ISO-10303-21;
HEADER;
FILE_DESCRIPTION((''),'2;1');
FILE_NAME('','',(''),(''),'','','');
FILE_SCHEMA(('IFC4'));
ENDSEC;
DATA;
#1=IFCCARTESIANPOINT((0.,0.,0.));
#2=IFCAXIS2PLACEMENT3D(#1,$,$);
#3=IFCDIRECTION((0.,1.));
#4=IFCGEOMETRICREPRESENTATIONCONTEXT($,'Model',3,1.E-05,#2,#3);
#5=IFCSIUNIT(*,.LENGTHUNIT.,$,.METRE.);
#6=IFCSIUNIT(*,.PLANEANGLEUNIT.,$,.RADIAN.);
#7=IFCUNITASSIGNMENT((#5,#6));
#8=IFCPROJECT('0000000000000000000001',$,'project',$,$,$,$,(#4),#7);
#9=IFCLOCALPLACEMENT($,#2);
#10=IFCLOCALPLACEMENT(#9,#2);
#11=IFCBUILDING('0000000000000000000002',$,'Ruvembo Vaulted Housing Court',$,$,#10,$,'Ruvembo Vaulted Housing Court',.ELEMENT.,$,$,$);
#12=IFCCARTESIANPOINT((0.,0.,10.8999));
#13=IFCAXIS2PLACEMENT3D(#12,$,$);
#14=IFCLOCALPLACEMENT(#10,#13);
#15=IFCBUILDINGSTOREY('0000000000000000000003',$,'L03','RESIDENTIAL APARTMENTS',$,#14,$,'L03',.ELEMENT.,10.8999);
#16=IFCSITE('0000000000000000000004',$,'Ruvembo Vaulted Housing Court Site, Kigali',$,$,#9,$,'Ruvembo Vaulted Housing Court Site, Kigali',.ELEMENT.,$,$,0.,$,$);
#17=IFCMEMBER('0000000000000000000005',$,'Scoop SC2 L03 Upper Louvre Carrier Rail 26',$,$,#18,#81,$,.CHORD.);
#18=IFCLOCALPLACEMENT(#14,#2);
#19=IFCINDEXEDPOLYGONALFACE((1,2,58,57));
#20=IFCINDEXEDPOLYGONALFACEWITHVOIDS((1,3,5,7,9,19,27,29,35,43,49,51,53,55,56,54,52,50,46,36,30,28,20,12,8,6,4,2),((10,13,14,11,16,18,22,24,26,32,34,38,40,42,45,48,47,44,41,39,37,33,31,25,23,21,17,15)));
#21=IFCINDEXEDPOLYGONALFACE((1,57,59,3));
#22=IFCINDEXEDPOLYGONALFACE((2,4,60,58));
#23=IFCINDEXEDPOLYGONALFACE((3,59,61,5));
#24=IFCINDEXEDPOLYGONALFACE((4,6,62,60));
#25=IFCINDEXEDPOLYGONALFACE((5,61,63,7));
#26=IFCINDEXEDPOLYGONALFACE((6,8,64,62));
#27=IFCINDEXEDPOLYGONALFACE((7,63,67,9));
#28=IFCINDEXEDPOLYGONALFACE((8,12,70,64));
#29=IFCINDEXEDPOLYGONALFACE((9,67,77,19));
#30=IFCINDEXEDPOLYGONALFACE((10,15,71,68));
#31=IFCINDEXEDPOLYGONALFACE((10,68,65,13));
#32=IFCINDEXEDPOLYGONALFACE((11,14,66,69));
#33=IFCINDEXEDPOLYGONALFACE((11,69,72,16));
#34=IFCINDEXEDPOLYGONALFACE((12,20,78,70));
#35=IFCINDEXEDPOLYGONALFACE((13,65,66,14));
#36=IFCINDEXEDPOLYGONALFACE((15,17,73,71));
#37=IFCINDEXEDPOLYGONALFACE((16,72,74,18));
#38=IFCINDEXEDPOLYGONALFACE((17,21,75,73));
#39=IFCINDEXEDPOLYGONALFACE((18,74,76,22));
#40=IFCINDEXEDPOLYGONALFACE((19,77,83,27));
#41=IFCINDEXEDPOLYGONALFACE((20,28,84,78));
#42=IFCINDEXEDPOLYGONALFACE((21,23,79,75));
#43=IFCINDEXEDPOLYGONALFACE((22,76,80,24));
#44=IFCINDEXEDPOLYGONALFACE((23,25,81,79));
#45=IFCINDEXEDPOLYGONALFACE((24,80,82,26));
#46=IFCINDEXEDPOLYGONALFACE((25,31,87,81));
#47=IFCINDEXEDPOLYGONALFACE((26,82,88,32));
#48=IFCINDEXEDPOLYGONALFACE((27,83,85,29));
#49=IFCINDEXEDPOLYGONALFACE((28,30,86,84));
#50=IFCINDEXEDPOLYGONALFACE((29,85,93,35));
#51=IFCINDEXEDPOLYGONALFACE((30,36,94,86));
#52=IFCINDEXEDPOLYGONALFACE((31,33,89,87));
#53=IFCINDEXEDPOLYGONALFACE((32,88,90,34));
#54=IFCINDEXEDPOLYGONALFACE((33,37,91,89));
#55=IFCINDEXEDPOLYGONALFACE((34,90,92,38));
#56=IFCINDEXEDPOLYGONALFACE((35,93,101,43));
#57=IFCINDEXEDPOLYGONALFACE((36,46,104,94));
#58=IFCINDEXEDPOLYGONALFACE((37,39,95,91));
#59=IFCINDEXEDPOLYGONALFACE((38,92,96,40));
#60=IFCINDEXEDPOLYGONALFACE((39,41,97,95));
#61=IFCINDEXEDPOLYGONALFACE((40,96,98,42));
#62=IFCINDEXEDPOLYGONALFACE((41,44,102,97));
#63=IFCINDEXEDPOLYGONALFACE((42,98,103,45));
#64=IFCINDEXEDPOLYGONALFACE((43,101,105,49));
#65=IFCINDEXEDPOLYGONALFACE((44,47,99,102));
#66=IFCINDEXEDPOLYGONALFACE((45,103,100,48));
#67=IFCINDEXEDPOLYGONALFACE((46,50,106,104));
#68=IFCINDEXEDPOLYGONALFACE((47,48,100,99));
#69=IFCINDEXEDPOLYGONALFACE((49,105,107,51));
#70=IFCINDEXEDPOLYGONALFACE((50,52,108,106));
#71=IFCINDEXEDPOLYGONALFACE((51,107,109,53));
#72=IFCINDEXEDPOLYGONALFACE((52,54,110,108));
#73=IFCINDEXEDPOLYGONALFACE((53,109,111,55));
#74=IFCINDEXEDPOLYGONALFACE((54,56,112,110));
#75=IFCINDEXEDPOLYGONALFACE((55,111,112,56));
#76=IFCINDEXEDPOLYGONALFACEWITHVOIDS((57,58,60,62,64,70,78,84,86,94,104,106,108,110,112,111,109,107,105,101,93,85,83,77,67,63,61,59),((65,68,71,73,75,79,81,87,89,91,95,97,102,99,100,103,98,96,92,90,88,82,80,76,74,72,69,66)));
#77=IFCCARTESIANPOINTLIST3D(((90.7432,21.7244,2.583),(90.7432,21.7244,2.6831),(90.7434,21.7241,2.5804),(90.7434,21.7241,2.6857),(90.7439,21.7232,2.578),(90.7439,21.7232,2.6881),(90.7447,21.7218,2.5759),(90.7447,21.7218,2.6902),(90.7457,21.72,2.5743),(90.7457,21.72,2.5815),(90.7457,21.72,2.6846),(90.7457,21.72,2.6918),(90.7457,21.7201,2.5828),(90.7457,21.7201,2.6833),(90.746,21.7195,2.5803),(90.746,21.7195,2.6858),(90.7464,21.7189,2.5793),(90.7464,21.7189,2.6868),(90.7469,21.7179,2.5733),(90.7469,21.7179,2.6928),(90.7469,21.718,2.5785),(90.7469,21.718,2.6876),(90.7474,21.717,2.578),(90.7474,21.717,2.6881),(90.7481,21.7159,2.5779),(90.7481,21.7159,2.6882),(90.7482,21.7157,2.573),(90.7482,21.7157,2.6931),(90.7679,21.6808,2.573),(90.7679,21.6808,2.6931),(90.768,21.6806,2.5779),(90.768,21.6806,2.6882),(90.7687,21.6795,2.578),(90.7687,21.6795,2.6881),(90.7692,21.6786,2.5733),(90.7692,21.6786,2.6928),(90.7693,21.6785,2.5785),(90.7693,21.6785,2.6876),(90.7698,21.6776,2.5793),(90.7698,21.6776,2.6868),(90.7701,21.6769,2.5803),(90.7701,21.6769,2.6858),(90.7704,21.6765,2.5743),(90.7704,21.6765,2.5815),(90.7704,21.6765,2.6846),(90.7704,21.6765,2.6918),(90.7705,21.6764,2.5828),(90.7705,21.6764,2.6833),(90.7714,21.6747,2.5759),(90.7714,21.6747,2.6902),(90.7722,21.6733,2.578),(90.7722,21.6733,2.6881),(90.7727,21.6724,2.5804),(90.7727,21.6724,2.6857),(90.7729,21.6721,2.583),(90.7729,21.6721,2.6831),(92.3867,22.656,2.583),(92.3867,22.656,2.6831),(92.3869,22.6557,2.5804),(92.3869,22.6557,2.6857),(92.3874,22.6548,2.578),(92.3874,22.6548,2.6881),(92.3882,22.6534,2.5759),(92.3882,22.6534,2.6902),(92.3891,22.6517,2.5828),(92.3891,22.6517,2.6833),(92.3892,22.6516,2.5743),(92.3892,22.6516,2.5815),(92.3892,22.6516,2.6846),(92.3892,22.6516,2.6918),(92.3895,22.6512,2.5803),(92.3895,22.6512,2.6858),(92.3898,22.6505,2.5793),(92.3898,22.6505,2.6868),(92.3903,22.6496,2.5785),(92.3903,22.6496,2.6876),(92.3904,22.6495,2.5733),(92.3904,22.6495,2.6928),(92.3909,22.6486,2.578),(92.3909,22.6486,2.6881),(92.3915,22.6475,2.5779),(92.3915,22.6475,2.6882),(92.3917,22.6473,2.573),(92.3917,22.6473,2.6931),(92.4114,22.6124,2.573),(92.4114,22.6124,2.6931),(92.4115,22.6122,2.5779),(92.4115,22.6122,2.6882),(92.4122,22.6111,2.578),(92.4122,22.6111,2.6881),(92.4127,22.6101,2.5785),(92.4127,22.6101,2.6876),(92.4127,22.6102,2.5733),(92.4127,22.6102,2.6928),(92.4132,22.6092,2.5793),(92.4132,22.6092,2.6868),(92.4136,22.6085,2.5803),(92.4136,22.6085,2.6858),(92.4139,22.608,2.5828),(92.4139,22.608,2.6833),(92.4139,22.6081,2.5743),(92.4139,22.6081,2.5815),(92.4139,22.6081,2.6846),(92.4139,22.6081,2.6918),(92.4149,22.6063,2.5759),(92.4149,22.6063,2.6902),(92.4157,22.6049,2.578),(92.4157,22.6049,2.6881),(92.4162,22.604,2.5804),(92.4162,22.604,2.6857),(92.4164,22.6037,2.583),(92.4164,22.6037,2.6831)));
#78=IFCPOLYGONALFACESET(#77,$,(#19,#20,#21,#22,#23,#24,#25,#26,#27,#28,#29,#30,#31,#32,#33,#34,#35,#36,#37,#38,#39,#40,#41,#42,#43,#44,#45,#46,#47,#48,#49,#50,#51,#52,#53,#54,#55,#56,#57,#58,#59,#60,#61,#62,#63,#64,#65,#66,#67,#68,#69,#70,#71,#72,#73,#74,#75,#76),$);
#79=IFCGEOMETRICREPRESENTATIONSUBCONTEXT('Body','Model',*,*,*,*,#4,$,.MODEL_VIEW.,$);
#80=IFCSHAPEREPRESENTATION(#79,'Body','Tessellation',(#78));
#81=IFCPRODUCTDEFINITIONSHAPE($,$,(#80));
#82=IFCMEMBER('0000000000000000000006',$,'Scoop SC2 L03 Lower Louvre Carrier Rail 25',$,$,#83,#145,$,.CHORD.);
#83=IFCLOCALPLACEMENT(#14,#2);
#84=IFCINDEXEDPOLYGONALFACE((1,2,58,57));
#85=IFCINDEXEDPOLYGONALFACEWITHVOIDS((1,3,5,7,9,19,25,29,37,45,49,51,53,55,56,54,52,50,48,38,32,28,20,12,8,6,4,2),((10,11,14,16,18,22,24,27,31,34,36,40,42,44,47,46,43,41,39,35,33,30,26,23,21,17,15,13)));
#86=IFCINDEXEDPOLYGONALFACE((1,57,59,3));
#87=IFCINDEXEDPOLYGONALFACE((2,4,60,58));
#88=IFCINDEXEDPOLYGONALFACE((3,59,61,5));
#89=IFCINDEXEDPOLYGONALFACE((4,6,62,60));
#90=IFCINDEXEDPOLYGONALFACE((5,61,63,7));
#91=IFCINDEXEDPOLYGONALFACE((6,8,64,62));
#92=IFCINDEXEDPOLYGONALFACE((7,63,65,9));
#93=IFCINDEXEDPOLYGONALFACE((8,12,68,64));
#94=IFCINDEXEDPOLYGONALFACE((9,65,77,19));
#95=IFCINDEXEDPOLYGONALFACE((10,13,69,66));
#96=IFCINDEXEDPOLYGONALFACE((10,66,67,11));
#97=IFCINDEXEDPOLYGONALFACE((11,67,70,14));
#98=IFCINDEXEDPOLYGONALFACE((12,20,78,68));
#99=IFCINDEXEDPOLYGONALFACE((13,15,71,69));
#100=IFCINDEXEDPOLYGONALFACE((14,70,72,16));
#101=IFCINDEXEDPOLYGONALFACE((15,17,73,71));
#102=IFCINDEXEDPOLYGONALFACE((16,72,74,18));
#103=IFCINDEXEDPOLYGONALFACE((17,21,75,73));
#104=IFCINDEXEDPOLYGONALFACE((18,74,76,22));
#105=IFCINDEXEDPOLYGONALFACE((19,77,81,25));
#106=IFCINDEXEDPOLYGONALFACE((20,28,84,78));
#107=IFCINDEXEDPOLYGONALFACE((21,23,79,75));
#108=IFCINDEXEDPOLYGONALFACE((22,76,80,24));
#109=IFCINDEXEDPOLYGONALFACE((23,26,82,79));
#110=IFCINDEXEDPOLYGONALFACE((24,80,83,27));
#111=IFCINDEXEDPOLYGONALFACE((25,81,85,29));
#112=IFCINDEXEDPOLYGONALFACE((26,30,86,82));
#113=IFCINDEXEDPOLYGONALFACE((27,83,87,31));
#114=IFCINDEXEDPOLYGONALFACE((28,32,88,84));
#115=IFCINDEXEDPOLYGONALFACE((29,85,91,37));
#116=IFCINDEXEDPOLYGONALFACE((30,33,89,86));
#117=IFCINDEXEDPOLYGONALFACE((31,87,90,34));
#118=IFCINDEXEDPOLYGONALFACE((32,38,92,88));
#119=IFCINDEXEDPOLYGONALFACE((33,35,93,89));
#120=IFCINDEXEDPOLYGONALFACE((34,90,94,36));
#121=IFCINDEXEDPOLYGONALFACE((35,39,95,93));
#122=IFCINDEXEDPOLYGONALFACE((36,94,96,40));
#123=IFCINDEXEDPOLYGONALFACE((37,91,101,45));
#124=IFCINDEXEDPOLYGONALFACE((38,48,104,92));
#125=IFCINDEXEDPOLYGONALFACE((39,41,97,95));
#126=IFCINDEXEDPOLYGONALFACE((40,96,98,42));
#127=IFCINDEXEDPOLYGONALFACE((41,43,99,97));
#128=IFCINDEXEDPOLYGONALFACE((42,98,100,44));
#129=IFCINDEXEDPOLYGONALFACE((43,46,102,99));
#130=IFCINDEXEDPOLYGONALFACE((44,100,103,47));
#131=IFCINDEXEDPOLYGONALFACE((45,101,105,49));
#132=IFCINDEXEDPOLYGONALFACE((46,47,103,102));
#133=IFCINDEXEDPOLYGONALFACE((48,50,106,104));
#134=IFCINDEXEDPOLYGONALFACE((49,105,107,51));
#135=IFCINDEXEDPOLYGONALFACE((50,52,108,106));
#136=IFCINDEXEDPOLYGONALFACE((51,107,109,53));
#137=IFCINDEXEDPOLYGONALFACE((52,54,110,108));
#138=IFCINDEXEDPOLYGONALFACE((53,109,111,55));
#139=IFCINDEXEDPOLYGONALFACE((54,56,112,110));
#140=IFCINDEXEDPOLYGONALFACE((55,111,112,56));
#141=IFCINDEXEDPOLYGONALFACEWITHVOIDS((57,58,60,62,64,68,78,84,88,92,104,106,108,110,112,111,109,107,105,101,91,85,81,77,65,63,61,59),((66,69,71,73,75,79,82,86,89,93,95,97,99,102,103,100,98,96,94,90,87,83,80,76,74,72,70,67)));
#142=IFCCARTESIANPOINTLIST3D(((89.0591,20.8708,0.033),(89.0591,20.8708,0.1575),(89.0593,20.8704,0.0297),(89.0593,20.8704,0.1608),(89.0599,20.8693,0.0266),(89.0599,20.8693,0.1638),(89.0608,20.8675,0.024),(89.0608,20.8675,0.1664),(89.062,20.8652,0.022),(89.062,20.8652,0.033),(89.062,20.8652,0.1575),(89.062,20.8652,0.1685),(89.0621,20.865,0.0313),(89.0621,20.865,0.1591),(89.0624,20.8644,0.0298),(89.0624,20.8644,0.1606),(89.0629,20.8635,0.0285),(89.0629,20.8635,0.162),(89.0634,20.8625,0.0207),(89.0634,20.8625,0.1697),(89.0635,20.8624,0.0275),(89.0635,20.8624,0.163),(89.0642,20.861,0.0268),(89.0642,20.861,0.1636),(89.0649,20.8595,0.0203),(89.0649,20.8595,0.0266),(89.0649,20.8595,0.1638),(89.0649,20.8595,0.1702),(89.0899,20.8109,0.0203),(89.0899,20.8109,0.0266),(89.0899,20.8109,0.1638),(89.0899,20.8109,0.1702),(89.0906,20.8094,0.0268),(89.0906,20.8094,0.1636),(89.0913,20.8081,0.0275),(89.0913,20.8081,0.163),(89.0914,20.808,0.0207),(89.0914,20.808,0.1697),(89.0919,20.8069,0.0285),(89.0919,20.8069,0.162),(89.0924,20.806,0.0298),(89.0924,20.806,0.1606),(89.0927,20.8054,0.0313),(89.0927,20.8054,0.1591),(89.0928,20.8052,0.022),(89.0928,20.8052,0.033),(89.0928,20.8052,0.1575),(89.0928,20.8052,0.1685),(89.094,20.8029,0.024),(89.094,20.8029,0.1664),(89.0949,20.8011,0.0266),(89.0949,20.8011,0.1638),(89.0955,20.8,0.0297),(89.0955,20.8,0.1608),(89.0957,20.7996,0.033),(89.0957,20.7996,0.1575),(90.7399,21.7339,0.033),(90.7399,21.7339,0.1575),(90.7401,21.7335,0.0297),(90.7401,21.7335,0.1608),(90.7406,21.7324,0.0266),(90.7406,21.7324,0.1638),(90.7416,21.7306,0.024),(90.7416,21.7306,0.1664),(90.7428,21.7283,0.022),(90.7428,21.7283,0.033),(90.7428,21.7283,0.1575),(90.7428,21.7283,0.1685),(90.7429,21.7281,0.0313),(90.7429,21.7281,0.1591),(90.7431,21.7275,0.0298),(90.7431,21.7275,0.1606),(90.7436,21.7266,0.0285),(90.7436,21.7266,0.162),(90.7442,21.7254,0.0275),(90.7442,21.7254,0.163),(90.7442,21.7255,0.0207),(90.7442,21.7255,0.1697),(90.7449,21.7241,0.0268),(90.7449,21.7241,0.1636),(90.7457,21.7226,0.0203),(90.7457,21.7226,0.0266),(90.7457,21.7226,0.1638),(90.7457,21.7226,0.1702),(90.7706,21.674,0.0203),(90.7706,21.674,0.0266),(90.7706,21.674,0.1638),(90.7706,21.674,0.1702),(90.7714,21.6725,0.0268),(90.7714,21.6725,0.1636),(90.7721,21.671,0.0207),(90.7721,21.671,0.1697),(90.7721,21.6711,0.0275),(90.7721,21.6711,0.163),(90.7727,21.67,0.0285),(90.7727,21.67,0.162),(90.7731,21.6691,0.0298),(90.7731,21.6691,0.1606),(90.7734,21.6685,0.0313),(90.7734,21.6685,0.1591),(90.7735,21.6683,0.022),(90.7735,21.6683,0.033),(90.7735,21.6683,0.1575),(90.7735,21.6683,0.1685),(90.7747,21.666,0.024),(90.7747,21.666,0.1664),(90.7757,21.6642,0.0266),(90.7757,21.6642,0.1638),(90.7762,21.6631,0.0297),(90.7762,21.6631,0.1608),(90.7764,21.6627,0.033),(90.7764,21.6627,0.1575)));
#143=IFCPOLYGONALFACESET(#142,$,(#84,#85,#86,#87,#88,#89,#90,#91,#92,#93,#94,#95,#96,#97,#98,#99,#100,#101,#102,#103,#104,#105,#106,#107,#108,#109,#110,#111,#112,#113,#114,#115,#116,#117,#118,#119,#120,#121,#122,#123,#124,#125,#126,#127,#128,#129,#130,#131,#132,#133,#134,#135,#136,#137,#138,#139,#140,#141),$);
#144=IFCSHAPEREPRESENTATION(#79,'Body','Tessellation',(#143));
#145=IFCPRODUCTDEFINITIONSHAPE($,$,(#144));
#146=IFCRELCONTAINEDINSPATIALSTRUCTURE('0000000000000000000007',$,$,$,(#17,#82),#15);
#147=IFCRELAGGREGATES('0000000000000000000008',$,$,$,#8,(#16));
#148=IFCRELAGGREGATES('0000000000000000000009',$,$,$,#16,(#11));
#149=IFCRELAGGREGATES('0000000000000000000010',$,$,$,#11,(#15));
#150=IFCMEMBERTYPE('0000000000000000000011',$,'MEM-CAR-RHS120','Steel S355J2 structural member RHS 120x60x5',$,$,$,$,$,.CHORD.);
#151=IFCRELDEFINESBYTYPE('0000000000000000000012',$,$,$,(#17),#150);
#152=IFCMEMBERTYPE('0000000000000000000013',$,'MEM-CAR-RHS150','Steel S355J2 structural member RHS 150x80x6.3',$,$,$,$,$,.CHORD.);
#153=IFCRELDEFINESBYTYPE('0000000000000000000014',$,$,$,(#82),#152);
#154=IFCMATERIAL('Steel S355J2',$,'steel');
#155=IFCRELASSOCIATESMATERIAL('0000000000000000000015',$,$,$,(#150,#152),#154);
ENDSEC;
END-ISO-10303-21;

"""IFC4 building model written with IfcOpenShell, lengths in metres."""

from ifc_helpers import new_model, si_unit, direction, frame, origin, origin_2d, place, context, subcontext, project, spatial, hollow_rectangle, extrude, material, material_profile, profile_set, type_object, element, save


model = new_model("IFC4")

# Units and contexts
model_context = context("Model", 3, precision=1e-05, world=origin(), true_north=direction((0.0, 1.0)))
body_context = subcontext(model_context, "Body", "Model", "MODEL_VIEW")
ifc_project = project(units=[si_unit("LENGTHUNIT", "METRE"), si_unit("PLANEANGLEUNIT", "RADIAN")], contexts=[model_context])

# Site, building, storey
site_placement = place(None, origin())
site = spatial("IfcSite", under=ifc_project, at=site_placement, Name="Ruvembo Vaulted Housing Court Site, Kigali", LongName="Ruvembo Vaulted Housing Court Site, Kigali", CompositionType="ELEMENT", RefElevation=0.0)
building_placement = place(site_placement, origin())
building = spatial("IfcBuilding", under=site, at=building_placement, Name="Ruvembo Vaulted Housing Court", LongName="Ruvembo Vaulted Housing Court", CompositionType="ELEMENT")
storey_placement = place(building_placement, frame((0.0, 0.0, 10.8999)))
storey = spatial("IfcBuildingStorey", under=building, at=storey_placement, Name="L03", Description="RESIDENTIAL APARTMENTS", LongName="L03", CompositionType="ELEMENT", Elevation=10.8999)

# Shared definitions
ifc_material_1 = material(Name="Steel S355J2", Category="steel")

# Members
ifc_material_profile_1 = material_profile(ifc_material_1, hollow_rectangle(XDim=0.0601, YDim=0.1201, WallThickness=0.0049, InnerFilletRadius=0.0049, OuterFilletRadius=0.01, at=origin_2d()), Name="RHS 120x60x5")
ifc_profile_set_1 = profile_set([ifc_material_profile_1], Name="Steel S355J2")
member_type_1 = type_object("IfcMemberType", Name="MEM-CAR-RHS120", Description="Steel S355J2 structural member RHS 120x60x5", PredefinedType="CHORD", material=ifc_profile_set_1)
member_1_placement = place(storey_placement, frame((90.7581, 21.6982, 2.6331), z_axis=(0.869956, 0.49313, 0.0), x_axis=(-0.49313, 0.869956, 0.0)))
element("IfcMember", 1, at=member_1_placement, inside=storey, type_object=member_type_1, Name="Scoop SC2 L03 Upper Louvre Carrier Rail 26", PredefinedType="CHORD", context=body_context, shape_type="SweptSolid", body=[
    extrude(hollow_rectangle(XDim=0.0601, YDim=0.1201, WallThickness=0.0049, InnerFilletRadius=0.0049, OuterFilletRadius=0.01, at=origin_2d()), origin(), (0.0, 0.0, 1.0), 1.8892),
])
ifc_material_profile_2 = material_profile(ifc_material_1, hollow_rectangle(XDim=0.0801, YDim=0.1499, WallThickness=0.0063, InnerFilletRadius=0.0063, OuterFilletRadius=0.0127, at=origin_2d()), Name="RHS 150x80x6.3")
ifc_profile_set_2 = profile_set([ifc_material_profile_2], Name="Steel S355J2")
member_type_2 = type_object("IfcMemberType", Name="MEM-CAR-RHS150", Description="Steel S355J2 structural member RHS 150x80x6.3", PredefinedType="CHORD", material=ifc_profile_set_2)
member_2_placement = place(storey_placement, frame((89.0774, 20.8352, 0.0952), z_axis=(0.889568, 0.456802, 0.0), x_axis=(-0.456802, 0.889568, 0.0)))
element("IfcMember", 2, at=member_2_placement, inside=storey, type_object=member_type_2, Name="Scoop SC2 L03 Lower Louvre Carrier Rail 25", PredefinedType="CHORD", context=body_context, shape_type="SweptSolid", body=[
    extrude(hollow_rectangle(XDim=0.0801, YDim=0.1499, WallThickness=0.0063, InnerFilletRadius=0.0063, OuterFilletRadius=0.0127, at=origin_2d()), origin(), (0.0, 0.0, 1.0), 1.8894),
])

save(model, "model.ifc")
